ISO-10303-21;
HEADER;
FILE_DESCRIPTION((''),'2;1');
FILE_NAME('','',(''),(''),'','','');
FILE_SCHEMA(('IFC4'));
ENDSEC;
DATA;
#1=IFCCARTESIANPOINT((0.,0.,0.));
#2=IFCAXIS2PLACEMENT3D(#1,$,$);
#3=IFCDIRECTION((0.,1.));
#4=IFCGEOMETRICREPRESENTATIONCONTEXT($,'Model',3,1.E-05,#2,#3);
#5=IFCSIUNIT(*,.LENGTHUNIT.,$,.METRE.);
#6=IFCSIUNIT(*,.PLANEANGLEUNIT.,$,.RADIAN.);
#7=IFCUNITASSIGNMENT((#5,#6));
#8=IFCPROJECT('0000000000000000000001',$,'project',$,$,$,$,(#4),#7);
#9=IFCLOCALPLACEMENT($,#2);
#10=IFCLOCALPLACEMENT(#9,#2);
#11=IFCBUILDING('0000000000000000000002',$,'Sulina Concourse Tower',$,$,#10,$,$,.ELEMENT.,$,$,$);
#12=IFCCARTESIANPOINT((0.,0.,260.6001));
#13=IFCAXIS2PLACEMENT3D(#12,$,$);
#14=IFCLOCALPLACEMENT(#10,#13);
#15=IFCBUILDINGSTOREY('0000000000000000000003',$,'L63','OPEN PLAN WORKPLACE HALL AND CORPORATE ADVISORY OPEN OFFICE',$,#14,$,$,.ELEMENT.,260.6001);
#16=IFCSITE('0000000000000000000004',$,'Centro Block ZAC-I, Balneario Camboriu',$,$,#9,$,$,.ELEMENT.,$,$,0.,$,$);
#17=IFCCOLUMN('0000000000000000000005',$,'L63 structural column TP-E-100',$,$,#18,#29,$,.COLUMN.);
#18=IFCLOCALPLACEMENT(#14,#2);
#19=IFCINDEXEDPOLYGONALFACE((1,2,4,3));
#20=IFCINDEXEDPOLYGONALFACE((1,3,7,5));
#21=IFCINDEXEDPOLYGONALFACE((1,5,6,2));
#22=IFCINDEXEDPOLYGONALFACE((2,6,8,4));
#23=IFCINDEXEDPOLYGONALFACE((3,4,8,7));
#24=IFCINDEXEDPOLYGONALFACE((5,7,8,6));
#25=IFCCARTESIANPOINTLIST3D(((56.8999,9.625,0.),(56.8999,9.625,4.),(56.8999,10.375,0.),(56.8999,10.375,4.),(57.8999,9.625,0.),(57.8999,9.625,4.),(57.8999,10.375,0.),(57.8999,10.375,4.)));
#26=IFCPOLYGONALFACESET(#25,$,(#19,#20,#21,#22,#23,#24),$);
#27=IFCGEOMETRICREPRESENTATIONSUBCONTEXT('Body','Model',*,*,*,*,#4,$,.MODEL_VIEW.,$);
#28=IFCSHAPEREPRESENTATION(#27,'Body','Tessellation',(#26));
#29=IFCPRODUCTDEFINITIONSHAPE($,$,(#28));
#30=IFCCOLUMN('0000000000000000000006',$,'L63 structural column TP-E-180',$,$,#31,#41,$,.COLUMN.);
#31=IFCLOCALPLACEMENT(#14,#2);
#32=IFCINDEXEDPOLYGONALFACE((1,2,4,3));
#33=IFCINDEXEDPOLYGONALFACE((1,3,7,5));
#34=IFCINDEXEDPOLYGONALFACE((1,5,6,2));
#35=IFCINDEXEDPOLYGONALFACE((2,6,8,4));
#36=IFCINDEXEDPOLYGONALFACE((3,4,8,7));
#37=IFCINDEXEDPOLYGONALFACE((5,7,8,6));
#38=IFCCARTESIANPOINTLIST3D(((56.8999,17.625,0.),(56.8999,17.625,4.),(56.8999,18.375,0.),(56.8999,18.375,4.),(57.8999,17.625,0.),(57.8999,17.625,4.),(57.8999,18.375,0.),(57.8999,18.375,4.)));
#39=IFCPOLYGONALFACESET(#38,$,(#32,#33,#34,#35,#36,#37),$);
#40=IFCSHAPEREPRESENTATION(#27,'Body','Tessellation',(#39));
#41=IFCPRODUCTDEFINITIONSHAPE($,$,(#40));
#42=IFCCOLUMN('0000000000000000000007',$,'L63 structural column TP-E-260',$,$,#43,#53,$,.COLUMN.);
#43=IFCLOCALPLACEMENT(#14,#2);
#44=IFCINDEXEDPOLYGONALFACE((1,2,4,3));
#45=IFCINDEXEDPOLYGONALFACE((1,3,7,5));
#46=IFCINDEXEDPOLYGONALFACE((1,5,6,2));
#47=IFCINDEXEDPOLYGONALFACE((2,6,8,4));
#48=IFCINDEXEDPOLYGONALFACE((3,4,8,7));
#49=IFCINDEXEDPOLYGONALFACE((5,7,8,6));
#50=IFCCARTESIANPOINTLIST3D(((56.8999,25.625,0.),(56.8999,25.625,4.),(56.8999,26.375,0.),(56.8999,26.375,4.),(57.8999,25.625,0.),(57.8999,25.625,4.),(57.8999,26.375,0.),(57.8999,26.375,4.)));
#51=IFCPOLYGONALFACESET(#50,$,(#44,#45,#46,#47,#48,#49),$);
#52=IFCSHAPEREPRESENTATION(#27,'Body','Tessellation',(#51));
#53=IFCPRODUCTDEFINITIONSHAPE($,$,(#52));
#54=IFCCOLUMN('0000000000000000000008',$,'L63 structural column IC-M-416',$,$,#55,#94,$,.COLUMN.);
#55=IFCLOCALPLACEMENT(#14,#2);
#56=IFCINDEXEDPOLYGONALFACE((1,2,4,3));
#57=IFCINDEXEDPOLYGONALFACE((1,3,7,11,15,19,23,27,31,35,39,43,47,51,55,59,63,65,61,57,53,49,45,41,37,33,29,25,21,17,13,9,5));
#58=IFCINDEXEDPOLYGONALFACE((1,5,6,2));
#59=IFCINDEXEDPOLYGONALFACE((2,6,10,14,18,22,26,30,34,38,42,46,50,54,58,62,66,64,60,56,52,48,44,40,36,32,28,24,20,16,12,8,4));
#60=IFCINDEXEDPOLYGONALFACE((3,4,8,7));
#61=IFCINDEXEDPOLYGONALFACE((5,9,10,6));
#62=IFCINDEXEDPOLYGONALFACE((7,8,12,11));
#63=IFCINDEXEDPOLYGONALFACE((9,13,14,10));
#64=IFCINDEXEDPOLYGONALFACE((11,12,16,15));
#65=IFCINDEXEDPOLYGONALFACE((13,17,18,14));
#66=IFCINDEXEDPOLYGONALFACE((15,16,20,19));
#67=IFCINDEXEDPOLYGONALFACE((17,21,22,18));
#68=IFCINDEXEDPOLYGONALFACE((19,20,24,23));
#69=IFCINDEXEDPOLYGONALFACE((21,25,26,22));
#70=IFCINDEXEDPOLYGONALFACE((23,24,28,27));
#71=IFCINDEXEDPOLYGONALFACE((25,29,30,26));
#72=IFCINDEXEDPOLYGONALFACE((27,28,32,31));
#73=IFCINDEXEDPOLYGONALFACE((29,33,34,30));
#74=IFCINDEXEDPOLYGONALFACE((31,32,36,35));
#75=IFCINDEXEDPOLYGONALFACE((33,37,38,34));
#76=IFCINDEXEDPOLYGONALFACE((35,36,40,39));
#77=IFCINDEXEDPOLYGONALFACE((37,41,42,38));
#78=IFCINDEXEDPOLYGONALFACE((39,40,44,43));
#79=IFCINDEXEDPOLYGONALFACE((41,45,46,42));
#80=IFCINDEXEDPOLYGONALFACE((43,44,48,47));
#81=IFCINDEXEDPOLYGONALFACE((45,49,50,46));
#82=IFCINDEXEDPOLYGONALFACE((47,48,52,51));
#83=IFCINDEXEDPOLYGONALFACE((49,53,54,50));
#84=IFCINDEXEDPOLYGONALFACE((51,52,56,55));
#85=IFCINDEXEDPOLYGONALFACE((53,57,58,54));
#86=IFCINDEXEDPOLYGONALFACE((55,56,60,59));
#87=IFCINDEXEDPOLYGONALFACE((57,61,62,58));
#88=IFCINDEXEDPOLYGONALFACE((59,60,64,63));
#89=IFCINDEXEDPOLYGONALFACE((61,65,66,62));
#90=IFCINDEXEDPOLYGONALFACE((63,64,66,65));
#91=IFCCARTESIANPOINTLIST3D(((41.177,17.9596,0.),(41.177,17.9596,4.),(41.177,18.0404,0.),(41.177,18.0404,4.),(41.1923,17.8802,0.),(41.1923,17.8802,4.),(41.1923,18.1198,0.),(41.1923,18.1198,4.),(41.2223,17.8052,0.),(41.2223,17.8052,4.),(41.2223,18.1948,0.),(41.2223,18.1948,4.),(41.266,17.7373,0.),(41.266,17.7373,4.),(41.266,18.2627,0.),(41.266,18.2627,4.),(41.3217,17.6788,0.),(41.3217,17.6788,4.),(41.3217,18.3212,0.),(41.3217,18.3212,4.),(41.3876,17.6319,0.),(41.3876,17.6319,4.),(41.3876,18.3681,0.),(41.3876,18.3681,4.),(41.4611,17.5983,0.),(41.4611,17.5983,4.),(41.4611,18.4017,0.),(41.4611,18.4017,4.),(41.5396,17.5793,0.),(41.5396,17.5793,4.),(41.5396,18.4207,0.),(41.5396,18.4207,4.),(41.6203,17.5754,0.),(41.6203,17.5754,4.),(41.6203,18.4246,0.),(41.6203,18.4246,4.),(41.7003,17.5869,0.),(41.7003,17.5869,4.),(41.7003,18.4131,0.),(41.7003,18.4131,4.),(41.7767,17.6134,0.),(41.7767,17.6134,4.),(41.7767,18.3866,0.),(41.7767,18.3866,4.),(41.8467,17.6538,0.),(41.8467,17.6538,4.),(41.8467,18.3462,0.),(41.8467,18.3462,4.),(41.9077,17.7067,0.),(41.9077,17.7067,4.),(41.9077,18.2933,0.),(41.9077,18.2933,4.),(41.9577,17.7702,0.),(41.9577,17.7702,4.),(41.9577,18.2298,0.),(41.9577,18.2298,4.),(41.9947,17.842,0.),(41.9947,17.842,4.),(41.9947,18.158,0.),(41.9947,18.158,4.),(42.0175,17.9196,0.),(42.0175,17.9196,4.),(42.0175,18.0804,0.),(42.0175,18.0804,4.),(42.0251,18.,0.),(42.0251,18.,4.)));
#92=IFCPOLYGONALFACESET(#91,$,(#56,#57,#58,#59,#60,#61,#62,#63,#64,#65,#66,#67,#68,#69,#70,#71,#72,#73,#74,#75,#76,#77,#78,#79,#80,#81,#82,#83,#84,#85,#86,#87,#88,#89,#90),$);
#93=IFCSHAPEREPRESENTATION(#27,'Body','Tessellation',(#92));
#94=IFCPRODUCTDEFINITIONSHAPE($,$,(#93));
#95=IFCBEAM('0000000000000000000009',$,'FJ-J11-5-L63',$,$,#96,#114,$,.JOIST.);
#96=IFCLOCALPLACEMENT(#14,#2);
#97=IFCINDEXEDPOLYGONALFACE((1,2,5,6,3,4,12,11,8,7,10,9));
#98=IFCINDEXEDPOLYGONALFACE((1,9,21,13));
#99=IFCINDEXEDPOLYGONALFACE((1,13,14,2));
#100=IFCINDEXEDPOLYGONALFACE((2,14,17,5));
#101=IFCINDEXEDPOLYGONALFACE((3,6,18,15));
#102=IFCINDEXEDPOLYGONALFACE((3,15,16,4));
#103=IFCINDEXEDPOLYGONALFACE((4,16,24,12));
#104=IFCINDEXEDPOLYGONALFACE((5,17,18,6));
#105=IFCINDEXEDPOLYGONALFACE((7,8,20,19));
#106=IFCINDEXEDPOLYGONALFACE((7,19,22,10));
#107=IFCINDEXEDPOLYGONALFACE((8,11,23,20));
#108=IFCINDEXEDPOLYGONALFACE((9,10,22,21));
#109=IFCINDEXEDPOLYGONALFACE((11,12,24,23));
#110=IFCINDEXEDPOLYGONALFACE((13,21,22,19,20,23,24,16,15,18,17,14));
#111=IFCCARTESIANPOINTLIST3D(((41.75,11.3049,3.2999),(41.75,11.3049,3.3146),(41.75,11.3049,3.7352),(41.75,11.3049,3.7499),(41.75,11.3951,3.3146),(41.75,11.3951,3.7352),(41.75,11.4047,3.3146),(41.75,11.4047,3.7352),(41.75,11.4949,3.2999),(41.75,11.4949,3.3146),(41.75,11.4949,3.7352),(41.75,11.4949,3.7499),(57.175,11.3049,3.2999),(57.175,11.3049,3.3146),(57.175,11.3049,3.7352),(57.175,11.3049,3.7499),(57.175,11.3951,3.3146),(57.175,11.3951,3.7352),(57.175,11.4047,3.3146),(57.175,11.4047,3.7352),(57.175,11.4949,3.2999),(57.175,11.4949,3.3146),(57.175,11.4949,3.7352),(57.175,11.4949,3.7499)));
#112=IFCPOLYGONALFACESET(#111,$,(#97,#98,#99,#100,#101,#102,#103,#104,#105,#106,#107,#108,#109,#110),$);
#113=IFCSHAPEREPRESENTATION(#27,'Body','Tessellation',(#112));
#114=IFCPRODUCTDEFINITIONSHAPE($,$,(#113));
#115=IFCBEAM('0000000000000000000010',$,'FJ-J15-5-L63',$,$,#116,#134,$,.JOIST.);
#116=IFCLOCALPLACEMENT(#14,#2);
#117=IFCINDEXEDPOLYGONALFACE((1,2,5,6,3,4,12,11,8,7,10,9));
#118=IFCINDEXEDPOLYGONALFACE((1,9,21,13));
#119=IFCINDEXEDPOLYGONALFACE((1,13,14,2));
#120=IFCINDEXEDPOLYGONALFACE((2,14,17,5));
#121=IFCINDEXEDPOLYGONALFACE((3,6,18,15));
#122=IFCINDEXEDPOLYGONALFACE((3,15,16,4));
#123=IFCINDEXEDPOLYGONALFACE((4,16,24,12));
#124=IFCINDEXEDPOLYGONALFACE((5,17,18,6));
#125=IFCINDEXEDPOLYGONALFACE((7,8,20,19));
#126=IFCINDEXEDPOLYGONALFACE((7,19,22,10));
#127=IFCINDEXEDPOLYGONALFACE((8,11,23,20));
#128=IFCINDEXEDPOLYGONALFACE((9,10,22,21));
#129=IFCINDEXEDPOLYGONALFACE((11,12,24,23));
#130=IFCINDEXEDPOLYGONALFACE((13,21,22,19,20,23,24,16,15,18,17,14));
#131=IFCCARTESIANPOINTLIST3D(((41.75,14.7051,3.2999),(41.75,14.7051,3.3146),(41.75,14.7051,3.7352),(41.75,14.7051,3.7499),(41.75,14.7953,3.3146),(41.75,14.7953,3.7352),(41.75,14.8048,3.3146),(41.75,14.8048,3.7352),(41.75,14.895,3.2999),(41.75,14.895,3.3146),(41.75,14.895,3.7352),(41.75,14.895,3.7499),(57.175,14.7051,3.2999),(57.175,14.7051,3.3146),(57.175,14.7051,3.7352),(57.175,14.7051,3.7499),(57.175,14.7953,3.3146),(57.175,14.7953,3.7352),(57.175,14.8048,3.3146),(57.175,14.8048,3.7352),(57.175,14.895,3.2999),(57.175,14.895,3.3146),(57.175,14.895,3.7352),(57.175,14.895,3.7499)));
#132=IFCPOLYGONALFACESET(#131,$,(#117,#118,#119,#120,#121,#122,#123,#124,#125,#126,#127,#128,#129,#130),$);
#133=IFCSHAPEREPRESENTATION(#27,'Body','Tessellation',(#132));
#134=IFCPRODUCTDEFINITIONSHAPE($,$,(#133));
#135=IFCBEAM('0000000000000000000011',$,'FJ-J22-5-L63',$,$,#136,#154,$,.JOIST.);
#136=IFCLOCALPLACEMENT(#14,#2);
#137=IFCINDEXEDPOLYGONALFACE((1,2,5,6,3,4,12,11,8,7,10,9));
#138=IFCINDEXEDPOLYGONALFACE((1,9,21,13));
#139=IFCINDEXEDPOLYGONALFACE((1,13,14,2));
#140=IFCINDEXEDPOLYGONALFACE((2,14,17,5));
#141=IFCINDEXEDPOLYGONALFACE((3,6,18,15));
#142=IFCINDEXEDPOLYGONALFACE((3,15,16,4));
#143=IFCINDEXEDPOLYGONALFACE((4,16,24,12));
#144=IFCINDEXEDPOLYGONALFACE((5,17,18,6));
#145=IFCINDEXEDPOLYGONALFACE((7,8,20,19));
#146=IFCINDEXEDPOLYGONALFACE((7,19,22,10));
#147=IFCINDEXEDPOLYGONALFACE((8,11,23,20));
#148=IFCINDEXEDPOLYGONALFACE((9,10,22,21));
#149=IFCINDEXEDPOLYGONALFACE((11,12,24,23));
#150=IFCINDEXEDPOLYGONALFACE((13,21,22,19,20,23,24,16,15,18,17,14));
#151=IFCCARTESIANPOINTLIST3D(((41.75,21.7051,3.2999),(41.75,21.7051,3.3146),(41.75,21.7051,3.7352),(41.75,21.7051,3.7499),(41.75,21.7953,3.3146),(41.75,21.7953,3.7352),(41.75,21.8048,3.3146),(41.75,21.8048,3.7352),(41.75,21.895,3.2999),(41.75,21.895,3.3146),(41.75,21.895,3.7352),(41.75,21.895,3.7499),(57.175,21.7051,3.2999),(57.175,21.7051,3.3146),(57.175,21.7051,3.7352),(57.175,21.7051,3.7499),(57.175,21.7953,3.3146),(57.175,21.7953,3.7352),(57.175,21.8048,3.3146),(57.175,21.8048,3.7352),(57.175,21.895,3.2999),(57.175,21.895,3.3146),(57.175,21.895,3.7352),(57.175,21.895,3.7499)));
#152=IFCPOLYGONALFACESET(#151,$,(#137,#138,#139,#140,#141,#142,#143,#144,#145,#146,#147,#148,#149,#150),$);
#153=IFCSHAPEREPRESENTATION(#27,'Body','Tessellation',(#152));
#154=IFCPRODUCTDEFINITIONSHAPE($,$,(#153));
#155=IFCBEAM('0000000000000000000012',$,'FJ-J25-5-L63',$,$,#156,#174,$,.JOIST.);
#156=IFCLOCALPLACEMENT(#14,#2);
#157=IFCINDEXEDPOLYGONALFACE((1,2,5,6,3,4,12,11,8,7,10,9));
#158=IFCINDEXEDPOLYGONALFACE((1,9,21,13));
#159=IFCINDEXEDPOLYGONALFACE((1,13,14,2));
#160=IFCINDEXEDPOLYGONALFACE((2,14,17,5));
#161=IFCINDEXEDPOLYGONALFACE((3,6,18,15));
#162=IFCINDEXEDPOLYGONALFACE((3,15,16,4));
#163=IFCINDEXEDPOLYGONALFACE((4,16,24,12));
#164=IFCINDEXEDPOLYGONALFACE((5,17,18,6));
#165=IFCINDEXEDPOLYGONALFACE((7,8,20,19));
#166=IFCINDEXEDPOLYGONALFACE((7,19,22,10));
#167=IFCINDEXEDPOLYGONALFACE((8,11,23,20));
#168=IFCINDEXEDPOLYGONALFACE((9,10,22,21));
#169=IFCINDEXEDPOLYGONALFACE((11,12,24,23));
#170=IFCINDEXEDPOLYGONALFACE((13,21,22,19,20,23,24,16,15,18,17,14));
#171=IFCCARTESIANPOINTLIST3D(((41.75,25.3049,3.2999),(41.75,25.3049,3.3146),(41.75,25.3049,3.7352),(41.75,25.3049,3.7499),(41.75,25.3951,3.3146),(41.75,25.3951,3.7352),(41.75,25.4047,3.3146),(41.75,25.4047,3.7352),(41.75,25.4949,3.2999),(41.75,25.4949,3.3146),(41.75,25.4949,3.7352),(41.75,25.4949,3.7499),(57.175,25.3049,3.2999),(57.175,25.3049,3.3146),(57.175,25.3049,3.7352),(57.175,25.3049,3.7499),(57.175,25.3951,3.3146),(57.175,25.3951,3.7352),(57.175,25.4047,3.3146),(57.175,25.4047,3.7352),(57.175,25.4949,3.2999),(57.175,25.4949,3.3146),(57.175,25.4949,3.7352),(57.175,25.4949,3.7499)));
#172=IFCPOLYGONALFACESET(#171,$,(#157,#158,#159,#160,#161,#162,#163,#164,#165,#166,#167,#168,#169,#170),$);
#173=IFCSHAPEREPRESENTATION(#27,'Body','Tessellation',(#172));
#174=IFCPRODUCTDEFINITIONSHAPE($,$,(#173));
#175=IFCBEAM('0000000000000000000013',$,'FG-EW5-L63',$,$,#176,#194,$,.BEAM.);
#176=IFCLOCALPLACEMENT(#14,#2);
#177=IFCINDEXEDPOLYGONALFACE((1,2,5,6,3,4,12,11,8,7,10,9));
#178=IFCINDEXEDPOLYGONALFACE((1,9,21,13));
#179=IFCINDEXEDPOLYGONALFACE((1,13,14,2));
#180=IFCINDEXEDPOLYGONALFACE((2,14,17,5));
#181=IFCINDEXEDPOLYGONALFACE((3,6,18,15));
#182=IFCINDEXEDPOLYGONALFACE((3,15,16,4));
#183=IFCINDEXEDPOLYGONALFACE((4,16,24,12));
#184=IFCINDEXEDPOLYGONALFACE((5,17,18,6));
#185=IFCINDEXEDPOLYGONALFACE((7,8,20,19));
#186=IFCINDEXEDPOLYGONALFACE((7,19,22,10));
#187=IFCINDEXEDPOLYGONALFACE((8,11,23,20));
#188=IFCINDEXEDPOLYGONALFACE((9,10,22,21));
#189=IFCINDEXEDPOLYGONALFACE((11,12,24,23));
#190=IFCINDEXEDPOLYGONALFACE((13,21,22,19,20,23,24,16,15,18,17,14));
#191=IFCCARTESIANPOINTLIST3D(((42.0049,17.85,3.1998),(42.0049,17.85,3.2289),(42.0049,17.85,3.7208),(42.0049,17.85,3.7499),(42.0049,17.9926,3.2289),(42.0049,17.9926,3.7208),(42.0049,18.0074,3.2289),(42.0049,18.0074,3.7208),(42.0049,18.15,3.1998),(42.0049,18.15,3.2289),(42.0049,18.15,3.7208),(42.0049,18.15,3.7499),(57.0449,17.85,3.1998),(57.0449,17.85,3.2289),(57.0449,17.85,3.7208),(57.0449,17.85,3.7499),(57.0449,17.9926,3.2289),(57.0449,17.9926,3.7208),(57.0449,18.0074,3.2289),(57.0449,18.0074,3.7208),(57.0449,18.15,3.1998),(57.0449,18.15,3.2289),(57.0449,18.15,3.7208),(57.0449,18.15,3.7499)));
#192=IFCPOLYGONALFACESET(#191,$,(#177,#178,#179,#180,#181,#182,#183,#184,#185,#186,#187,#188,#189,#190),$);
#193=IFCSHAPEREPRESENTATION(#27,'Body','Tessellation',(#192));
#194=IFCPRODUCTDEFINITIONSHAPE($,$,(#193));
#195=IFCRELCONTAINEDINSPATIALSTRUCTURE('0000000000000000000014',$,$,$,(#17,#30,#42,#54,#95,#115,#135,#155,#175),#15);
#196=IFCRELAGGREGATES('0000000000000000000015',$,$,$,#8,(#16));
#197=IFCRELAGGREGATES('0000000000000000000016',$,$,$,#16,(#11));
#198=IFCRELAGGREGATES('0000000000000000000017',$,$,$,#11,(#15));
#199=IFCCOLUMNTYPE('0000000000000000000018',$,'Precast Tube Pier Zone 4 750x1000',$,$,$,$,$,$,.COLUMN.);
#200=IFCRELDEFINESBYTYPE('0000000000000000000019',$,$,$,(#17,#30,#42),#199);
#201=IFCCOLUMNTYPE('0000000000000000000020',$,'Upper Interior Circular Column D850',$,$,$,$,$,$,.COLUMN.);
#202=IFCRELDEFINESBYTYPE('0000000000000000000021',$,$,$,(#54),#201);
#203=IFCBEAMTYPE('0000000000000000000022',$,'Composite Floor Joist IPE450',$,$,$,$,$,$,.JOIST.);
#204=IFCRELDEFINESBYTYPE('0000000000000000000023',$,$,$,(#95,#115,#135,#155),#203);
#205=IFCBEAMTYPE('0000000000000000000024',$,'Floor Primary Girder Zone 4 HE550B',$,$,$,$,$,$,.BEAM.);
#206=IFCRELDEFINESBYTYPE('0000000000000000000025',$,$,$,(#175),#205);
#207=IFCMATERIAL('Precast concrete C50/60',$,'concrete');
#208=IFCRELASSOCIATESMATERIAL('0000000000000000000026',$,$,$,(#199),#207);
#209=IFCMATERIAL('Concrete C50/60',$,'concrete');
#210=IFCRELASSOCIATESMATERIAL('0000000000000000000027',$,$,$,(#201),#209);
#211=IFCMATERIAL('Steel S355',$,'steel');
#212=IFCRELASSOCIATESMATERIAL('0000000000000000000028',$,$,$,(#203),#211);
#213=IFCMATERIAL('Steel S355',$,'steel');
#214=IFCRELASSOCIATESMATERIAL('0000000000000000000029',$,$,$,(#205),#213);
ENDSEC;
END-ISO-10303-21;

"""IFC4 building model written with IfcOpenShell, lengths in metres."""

from ifc_helpers import new_model, si_unit, direction, frame, origin, origin_2d, place, context, subcontext, project, spatial, rectangle, circle, i_section, extrude, material, material_profile, profile_set, type_object, element, save


model = new_model("IFC4")

# Units and contexts
model_context = context("Model", 3, precision=1e-05, world=origin(), true_north=direction((0.0, 1.0)))
body_context = subcontext(model_context, "Body", "Model", "MODEL_VIEW")
ifc_project = project(units=[si_unit("LENGTHUNIT", "METRE"), si_unit("PLANEANGLEUNIT", "RADIAN")], contexts=[model_context])

# Site, building, storey
site_placement = place(None, origin())
site = spatial("IfcSite", under=ifc_project, at=site_placement, Name="Centro Block ZAC-I, Balneario Camboriu", CompositionType="ELEMENT", RefElevation=0.0)
building_placement = place(site_placement, origin())
building = spatial("IfcBuilding", under=site, at=building_placement, Name="Sulina Concourse Tower", CompositionType="ELEMENT")
storey_placement = place(building_placement, frame((0.0, 0.0, 260.6001)))
storey = spatial("IfcBuildingStorey", under=building, at=storey_placement, Name="L63", Description="OPEN PLAN WORKPLACE HALL AND CORPORATE ADVISORY OPEN OFFICE", CompositionType="ELEMENT", Elevation=260.6001)

# Columns
ifc_material_1 = material(Name="Precast concrete C50/60", Category="concrete")
ifc_material_profile_1 = material_profile(ifc_material_1, rectangle(XDim=0.75, YDim=1.0, at=origin_2d()), Name="PC 750x1000")
ifc_profile_set_1 = profile_set([ifc_material_profile_1], Name="Precast concrete C50/60")
column_type_1 = type_object("IfcColumnType", Name="Precast Tube Pier Zone 4 750x1000", PredefinedType="COLUMN", material=ifc_profile_set_1)
for number, where, z_axis, x_axis, name in (
    (1, (57.3999, 10.0, 0.0), (0.0, 0.0, 1.0), (0.0, 1.0, 0.0), "L63 structural column TP-E-100"),
    (2, (57.3999, 18.0, 0.0), (0.0, 0.0, 1.0), (0.0, 1.0, 0.0), "L63 structural column TP-E-180"),
    (3, (57.3999, 26.0, 0.0), (0.0, 0.0, 1.0), (0.0, 1.0, 0.0), "L63 structural column TP-E-260"),
):
    element("IfcColumn", number, at=place(storey_placement, frame(where, z_axis=z_axis, x_axis=x_axis)), inside=storey, type_object=column_type_1, Name=name, PredefinedType="COLUMN", context=body_context, shape_type="SweptSolid", body=[
        extrude(rectangle(XDim=0.75, YDim=1.0, at=origin_2d()), origin(), (0.0, 0.0, 1.0), 4.0),
    ])
ifc_material_2 = material(Name="Concrete C50/60", Category="concrete")
ifc_material_profile_2 = material_profile(ifc_material_2, circle(Radius=0.425, at=origin_2d()), Name="RC D850")
ifc_profile_set_2 = profile_set([ifc_material_profile_2], Name="Concrete C50/60")
column_type_2 = type_object("IfcColumnType", Name="Upper Interior Circular Column D850", PredefinedType="COLUMN", material=ifc_profile_set_2)
column_placement = place(storey_placement, frame((41.6001, 18.0, 0.0), z_axis=(0.0, 0.0, 1.0), x_axis=(1.0, 0.0, 0.0)))
element("IfcColumn", 4, at=column_placement, inside=storey, type_object=column_type_2, Name="L63 structural column IC-M-416", PredefinedType="COLUMN", context=body_context, shape_type="SweptSolid", body=[
    extrude(circle(Radius=0.425, at=origin_2d()), origin(), (0.0, 0.0, 1.0), 4.0),
])

# Beams
ifc_material_3 = material(Name="Steel S355", Category="steel")
ifc_material_profile_3 = material_profile(ifc_material_3, i_section(OverallWidth=0.1899, OverallDepth=0.45, WebThickness=0.0095, FlangeThickness=0.0146, at=origin_2d()), Name="IPE 450")
ifc_profile_set_3 = profile_set([ifc_material_profile_3], Name="Steel S355")
beam_type_1 = type_object("IfcBeamType", Name="Composite Floor Joist IPE450", PredefinedType="JOIST", material=ifc_profile_set_3)
for number, where, z_axis, x_axis, name in (
    (5, (41.75, 11.3999, 3.5249), (1.0, 0.0, 0.0), (0.0, 1.0, 0.0), "FJ-J11-5-L63"),
    (6, (41.75, 14.8, 3.5249), (1.0, 0.0, 0.0), (0.0, 1.0, 0.0), "FJ-J15-5-L63"),
    (7, (41.75, 21.8, 3.5249), (1.0, 0.0, 0.0), (0.0, 1.0, 0.0), "FJ-J22-5-L63"),
    (8, (41.75, 25.3999, 3.5249), (1.0, 0.0, 0.0), (0.0, 1.0, 0.0), "FJ-J25-5-L63"),
):
    element("IfcBeam", number, at=place(storey_placement, frame(where, z_axis=z_axis, x_axis=x_axis)), inside=storey, type_object=beam_type_1, Name=name, PredefinedType="JOIST", context=body_context, shape_type="SweptSolid", body=[
        extrude(i_section(OverallWidth=0.1899, OverallDepth=0.45, WebThickness=0.0095, FlangeThickness=0.0146, at=origin_2d()), origin(), (0.0, 0.0, 1.0), 15.425),
    ])
ifc_material_4 = material(Name="Steel S355", Category="steel")
ifc_material_profile_4 = material_profile(ifc_material_4, i_section(OverallWidth=0.3, OverallDepth=0.55, WebThickness=0.0149, FlangeThickness=0.0291, at=origin_2d()), Name="HE 550 B")
ifc_profile_set_4 = profile_set([ifc_material_profile_4], Name="Steel S355")
beam_type_2 = type_object("IfcBeamType", Name="Floor Primary Girder Zone 4 HE550B", PredefinedType="BEAM", material=ifc_profile_set_4)
beam_1_placement = place(storey_placement, frame((42.0049, 18.0, 3.4749), z_axis=(1.0, 0.0, 0.0), x_axis=(0.0, 1.0, 0.0)))
element("IfcBeam", 9, at=beam_1_placement, inside=storey, type_object=beam_type_2, Name="FG-EW5-L63", PredefinedType="BEAM", context=body_context, shape_type="SweptSolid", body=[
    extrude(i_section(OverallWidth=0.3, OverallDepth=0.55, WebThickness=0.0149, FlangeThickness=0.0291, at=origin_2d()), origin(), (0.0, 0.0, 1.0), 15.04),
])

save(model, "model.ifc")
